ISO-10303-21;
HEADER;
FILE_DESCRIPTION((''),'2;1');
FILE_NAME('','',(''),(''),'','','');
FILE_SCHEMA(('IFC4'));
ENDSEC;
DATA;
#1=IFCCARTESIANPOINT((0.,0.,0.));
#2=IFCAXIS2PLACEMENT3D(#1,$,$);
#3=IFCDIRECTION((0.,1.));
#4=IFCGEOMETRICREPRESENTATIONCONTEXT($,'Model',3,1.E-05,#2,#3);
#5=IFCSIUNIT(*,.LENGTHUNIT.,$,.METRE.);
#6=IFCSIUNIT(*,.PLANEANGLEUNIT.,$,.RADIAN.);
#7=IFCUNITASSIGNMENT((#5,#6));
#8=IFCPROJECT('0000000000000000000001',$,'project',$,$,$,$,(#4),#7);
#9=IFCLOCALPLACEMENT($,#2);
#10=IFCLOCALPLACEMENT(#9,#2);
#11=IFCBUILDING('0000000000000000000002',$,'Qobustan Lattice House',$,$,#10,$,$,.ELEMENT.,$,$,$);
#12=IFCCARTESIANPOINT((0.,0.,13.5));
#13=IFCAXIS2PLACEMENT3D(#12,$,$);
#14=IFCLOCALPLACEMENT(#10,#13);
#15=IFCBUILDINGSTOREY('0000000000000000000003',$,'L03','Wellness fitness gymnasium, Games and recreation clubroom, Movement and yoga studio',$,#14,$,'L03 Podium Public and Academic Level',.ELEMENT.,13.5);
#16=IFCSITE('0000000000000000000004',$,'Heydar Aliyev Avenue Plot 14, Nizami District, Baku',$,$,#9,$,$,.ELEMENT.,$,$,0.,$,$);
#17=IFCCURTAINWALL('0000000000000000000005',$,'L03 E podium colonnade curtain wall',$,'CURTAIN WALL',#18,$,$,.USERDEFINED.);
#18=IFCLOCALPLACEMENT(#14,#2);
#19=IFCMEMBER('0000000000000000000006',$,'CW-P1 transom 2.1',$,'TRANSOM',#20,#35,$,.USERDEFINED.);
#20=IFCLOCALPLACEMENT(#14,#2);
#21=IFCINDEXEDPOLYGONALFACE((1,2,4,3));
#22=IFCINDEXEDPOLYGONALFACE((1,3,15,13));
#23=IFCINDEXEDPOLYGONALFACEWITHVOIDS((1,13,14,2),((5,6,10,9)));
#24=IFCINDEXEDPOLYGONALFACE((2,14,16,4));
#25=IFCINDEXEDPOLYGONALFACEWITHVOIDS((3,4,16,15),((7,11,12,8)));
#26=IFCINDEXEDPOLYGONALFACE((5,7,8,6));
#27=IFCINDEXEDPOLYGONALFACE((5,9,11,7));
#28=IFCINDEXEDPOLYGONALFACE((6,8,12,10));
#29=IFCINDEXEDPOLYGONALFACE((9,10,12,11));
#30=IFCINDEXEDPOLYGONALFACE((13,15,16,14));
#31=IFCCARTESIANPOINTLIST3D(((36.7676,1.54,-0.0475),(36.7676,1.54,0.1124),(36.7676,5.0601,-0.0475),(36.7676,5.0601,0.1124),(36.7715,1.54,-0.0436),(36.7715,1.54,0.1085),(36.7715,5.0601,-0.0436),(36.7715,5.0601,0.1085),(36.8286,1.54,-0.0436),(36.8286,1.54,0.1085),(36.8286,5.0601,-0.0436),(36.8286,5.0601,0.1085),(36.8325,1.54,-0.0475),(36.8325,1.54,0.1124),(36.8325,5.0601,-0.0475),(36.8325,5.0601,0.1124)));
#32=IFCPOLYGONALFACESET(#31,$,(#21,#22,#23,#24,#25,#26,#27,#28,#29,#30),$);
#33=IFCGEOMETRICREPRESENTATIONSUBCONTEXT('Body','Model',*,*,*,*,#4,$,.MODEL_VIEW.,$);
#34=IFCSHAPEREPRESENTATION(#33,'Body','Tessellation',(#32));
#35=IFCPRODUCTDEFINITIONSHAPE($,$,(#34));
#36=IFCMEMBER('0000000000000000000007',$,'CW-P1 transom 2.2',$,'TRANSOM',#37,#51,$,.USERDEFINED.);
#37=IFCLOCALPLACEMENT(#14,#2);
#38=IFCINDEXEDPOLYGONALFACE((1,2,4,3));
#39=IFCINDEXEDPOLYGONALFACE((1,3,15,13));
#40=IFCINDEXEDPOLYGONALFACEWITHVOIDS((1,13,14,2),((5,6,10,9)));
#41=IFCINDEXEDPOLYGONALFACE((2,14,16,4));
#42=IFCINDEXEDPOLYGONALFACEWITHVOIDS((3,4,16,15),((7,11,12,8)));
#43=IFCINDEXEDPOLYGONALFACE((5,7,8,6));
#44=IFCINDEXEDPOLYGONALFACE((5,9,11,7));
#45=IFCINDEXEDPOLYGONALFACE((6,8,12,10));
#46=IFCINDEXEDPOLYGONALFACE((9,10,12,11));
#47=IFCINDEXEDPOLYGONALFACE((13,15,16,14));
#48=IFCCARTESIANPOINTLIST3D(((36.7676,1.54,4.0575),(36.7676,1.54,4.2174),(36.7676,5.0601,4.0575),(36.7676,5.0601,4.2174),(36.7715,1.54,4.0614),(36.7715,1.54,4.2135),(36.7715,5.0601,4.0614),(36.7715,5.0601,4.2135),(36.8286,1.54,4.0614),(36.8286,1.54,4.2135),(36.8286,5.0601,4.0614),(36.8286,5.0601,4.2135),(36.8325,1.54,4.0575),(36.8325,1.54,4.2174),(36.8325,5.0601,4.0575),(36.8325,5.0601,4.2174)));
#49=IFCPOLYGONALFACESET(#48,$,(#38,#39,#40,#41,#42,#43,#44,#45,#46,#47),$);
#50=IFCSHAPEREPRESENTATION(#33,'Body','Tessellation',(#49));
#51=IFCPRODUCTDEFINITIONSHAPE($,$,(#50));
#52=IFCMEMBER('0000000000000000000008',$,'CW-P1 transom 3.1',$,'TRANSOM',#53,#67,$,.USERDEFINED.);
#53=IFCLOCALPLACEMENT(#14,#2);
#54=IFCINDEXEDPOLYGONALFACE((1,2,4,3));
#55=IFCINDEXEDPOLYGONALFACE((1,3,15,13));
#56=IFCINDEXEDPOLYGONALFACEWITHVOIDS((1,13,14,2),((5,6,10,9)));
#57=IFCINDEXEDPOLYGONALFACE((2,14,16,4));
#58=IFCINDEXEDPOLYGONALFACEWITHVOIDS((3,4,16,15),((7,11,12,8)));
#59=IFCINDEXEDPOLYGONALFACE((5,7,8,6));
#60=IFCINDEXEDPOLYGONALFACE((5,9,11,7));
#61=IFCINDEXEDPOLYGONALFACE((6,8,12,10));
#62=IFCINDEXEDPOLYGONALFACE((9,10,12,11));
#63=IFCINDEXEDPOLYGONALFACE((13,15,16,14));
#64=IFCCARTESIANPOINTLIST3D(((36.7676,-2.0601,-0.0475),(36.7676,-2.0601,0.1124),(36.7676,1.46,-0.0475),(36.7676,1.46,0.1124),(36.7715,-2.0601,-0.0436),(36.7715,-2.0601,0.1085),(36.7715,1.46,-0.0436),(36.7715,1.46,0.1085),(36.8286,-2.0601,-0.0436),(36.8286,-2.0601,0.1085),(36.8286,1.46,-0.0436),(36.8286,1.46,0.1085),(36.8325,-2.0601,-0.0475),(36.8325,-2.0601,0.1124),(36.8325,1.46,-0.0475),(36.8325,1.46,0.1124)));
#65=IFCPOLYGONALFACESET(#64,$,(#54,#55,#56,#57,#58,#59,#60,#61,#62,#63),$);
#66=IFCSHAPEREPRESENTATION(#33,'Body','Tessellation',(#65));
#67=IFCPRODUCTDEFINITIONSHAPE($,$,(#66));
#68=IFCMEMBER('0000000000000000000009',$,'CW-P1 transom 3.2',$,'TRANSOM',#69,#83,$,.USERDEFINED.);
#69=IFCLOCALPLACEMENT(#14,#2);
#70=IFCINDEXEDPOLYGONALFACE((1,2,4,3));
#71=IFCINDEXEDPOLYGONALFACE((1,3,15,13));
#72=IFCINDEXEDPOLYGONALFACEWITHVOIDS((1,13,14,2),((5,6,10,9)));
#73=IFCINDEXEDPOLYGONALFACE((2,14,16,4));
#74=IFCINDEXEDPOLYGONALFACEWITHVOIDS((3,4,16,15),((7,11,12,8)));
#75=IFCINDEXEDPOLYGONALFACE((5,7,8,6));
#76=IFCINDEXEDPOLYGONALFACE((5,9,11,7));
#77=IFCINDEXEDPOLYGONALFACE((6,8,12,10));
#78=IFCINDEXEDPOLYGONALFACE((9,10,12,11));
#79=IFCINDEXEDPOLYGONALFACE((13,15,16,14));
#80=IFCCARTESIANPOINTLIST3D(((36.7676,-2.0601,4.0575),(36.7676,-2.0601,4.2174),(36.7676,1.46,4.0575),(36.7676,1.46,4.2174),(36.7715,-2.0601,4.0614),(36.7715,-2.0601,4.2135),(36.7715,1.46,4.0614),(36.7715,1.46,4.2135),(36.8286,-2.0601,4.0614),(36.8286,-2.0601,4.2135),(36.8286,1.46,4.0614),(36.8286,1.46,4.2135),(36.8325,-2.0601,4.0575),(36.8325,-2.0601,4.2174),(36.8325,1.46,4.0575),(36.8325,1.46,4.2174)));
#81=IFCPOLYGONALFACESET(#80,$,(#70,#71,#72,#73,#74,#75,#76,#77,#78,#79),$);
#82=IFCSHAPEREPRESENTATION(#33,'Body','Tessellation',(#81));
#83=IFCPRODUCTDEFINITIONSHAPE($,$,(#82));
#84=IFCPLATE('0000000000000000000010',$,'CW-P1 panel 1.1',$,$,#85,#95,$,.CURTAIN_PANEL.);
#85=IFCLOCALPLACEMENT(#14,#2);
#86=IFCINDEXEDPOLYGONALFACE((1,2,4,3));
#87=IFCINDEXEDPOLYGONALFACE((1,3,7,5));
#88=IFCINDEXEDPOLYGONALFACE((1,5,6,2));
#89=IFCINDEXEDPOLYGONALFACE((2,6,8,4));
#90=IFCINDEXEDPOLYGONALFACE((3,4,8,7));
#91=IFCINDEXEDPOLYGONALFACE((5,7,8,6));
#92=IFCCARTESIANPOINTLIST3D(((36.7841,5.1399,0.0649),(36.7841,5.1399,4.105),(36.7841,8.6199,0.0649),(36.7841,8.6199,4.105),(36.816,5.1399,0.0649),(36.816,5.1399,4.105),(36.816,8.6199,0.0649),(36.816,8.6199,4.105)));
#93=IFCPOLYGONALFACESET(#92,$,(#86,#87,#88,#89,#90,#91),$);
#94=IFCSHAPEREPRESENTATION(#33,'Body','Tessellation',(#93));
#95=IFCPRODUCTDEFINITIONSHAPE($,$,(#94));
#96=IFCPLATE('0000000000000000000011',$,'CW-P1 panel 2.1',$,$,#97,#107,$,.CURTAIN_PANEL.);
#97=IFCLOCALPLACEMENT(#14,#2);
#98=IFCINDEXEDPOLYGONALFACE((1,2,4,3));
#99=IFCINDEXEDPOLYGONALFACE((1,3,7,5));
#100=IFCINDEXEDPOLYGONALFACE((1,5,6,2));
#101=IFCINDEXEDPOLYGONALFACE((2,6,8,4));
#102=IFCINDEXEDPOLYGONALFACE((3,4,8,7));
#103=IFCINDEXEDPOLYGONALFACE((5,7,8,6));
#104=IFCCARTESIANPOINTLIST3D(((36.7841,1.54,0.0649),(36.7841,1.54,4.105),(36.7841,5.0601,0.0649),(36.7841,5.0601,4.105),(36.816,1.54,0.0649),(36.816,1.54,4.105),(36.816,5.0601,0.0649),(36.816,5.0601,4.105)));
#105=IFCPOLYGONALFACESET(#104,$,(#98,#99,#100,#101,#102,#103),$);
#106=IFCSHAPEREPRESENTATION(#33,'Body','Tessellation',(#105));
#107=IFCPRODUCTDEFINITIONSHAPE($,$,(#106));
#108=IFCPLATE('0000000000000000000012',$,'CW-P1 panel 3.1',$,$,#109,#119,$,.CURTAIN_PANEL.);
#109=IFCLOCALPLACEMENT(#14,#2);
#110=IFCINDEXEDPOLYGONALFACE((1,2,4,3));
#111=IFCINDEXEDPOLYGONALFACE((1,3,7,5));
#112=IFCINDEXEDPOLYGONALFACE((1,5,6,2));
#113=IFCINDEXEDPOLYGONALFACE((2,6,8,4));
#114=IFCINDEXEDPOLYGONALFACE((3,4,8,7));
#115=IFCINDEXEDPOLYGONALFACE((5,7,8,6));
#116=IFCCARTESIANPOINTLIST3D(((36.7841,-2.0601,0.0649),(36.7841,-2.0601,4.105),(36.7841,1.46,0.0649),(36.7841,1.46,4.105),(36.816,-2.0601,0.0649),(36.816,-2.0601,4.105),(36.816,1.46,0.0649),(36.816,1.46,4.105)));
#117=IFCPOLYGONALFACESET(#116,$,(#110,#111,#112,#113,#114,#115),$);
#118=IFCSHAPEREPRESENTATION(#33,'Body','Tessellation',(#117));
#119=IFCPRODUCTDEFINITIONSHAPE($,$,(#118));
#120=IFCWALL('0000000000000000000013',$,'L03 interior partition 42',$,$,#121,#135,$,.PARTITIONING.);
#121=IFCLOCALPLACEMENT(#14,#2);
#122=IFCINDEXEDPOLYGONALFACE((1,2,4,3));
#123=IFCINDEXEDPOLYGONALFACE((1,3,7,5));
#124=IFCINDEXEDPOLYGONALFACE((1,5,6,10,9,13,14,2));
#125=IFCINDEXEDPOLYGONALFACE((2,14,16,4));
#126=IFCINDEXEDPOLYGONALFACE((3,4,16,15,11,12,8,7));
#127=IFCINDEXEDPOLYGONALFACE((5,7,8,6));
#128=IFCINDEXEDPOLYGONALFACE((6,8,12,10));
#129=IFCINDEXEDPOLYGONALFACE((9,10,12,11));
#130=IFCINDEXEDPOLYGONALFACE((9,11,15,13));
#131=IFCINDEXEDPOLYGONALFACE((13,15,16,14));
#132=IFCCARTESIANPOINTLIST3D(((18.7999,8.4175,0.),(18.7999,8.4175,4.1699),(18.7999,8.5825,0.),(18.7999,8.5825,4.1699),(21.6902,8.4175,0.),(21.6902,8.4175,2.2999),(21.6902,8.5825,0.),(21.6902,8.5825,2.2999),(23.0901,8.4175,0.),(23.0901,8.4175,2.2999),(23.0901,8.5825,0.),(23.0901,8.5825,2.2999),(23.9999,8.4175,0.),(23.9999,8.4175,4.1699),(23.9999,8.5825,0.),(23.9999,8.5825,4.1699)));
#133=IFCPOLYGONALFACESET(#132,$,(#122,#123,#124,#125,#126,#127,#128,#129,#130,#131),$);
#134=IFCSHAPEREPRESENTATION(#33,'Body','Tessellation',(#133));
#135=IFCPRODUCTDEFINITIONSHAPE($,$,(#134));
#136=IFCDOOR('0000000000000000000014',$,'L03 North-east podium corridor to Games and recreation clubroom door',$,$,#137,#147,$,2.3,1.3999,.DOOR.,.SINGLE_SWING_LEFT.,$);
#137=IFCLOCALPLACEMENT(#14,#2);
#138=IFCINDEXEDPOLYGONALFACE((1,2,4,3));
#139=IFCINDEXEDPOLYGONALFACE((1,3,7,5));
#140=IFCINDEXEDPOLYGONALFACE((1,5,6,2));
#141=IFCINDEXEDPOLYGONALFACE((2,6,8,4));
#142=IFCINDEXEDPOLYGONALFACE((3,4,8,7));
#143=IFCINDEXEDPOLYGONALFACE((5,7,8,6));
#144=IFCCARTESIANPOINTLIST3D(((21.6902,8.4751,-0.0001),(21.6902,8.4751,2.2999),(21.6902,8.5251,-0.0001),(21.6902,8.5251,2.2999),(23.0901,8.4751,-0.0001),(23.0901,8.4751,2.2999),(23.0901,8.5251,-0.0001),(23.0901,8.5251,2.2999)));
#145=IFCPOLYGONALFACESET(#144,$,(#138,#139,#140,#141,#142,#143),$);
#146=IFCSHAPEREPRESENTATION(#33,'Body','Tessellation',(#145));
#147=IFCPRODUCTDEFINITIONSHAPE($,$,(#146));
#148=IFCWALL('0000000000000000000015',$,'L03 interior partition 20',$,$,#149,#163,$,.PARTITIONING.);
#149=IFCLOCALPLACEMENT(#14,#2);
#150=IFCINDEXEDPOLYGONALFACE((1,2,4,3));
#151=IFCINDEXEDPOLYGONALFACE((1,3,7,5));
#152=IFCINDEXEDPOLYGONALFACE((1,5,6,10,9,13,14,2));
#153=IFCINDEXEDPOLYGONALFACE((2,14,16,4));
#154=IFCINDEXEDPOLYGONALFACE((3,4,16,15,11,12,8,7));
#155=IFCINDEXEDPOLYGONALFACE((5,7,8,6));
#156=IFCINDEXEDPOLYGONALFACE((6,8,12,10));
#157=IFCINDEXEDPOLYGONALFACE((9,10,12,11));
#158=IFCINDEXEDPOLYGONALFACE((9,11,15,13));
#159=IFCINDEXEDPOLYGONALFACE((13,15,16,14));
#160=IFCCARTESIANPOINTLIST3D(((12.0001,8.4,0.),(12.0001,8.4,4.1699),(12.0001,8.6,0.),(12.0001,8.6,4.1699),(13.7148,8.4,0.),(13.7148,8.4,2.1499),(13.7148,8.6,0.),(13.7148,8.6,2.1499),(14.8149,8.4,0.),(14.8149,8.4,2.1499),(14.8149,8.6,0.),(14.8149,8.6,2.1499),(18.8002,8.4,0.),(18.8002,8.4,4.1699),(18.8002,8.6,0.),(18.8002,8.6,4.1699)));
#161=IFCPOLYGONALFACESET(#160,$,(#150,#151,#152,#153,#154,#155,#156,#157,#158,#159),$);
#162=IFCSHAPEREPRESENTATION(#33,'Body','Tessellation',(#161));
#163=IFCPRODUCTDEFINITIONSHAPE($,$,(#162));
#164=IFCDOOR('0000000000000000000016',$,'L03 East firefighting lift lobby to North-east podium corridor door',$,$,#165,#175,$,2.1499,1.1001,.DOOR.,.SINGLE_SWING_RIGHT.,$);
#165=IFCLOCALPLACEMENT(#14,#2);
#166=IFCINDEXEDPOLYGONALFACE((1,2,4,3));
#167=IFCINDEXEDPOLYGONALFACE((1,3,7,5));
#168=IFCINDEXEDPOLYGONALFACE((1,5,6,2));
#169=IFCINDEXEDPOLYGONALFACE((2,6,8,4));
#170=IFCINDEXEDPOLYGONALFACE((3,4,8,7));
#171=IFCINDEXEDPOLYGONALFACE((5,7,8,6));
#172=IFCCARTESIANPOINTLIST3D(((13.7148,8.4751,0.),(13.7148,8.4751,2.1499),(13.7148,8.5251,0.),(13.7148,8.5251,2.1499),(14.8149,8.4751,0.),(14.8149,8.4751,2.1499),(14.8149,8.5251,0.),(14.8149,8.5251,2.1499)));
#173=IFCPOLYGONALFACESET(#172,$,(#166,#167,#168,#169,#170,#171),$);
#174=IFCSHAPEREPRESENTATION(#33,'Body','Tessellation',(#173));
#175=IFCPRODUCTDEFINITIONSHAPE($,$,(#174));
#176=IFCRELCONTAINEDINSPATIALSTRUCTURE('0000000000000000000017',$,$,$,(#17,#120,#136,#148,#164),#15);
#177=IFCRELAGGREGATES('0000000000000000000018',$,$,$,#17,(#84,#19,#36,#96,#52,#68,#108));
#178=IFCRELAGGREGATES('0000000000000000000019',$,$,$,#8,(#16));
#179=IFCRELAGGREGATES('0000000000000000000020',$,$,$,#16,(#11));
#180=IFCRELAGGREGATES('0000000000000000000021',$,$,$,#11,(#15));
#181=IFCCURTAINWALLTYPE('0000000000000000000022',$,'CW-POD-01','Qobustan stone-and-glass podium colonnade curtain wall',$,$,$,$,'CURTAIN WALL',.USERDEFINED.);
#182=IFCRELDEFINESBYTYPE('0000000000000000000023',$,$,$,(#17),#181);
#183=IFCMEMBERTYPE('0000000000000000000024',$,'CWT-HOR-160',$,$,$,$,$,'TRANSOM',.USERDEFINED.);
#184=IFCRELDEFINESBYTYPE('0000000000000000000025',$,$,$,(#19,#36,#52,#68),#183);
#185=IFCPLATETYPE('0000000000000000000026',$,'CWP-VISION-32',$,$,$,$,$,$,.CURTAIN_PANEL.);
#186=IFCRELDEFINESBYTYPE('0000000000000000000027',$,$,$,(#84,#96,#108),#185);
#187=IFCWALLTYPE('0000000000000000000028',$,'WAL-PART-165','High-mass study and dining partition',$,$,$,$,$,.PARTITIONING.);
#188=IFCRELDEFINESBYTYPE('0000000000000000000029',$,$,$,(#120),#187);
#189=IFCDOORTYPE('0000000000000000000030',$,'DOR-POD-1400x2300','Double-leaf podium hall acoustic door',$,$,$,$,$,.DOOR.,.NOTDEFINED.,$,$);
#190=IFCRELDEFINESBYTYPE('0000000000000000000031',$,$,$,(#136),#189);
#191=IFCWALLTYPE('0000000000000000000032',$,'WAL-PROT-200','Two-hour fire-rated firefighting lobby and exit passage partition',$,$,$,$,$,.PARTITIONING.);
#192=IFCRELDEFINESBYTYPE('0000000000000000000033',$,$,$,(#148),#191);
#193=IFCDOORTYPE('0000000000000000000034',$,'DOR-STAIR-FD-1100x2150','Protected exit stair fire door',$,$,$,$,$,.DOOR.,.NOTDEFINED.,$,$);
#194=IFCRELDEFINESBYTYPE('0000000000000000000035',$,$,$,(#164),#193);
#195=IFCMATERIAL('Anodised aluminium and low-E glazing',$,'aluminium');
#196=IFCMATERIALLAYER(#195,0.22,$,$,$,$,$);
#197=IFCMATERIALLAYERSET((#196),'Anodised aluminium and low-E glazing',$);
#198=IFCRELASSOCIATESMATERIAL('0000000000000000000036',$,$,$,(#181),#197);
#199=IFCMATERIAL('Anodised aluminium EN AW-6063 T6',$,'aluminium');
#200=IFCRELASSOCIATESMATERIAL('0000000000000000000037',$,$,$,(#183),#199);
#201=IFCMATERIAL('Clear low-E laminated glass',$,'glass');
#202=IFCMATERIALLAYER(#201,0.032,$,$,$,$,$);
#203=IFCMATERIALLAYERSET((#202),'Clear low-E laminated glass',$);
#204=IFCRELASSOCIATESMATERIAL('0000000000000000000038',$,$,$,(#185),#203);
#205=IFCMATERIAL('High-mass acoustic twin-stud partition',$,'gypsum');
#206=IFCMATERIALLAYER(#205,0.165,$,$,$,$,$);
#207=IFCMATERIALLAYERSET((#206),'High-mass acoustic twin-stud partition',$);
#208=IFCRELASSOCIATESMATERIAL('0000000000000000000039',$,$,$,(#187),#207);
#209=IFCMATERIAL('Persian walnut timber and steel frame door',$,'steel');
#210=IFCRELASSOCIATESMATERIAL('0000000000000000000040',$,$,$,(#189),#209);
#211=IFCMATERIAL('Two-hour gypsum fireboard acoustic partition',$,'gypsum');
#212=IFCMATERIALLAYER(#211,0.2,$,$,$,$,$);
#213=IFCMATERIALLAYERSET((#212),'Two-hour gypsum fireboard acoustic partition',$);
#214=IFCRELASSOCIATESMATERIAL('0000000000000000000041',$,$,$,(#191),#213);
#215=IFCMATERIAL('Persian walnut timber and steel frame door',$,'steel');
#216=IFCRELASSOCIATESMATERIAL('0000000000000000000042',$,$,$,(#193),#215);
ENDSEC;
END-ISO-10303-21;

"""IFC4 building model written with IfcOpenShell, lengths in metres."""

from ifc_helpers import new_model, si_unit, direction, frame, frame_2d, origin, origin_2d, place, context, subcontext, project, spatial, rectangle, hollow_rectangle, extrude, material, layer, layer_set, material_profile, profile_set, type_object, element, fill, aggregate, save


model = new_model("IFC4")

# Units and contexts
model_context = context("Model", 3, precision=1e-05, world=origin(), true_north=direction((0.0, 1.0)))
body_context = subcontext(model_context, "Body", "Model", "MODEL_VIEW")
ifc_project = project(units=[si_unit("LENGTHUNIT", "METRE"), si_unit("PLANEANGLEUNIT", "RADIAN")], contexts=[model_context])

# Site, building, storey
site_placement = place(None, origin())
site = spatial("IfcSite", under=ifc_project, at=site_placement, Name="Heydar Aliyev Avenue Plot 14, Nizami District, Baku", CompositionType="ELEMENT", RefElevation=0.0)
building_placement = place(site_placement, origin())
building = spatial("IfcBuilding", under=site, at=building_placement, Name="Qobustan Lattice House", CompositionType="ELEMENT")
storey_placement = place(building_placement, frame((0.0, 0.0, 13.5)))
storey = spatial("IfcBuildingStorey", under=building, at=storey_placement, Name="L03", Description="Wellness fitness gymnasium, Games and recreation clubroom, Movement and yoga studio", LongName="L03 Podium Public and Academic Level", CompositionType="ELEMENT", Elevation=13.5)

# Curtain wall, members, plates
ifc_material_1 = material(Name="Anodised aluminium and low-E glazing", Category="aluminium")
ifc_layer_1 = layer(ifc_material_1, 0.22)
ifc_layer_set_1 = layer_set([ifc_layer_1], Name="Anodised aluminium and low-E glazing")
curtain_wall_type = type_object("IfcCurtainWallType", Name="CW-POD-01", Description="Qobustan stone-and-glass podium colonnade curtain wall", ElementType="CURTAIN WALL", PredefinedType="USERDEFINED", material=ifc_layer_set_1)
curtain_wall_placement = place(storey_placement, origin())
curtain_wall = element("IfcCurtainWall", 1, at=curtain_wall_placement, inside=storey, type_object=curtain_wall_type, Name="L03 E podium colonnade curtain wall", ObjectType="CURTAIN WALL", PredefinedType="USERDEFINED")
ifc_material_2 = material(Name="Anodised aluminium EN AW-6063 T6", Category="aluminium")
ifc_material_profile_1 = material_profile(ifc_material_2, hollow_rectangle(XDim=0.0649, YDim=0.1599, WallThickness=0.0039, at=origin_2d()), Name="CWT-160x65")
ifc_profile_set_1 = profile_set([ifc_material_profile_1], Name="Anodised aluminium EN AW-6063 T6")
member_type_1 = type_object("IfcMemberType", Name="CWT-HOR-160", ElementType="TRANSOM", PredefinedType="USERDEFINED", material=ifc_profile_set_1)
member_1_placement = place(storey_placement, frame((36.8, 5.0601, 0.0325), z_axis=(0.0, -1.0, 0.0), x_axis=(1.0, 0.0, 0.0)))
member_1 = element("IfcMember", 2, at=member_1_placement, type_object=member_type_1, Name="CW-P1 transom 2.1", ObjectType="TRANSOM", PredefinedType="USERDEFINED", context=body_context, shape_type="SweptSolid", body=[
    extrude(hollow_rectangle(XDim=0.0649, YDim=0.1599, WallThickness=0.0039, at=origin_2d()), origin(), (0.0, 0.0, 1.0), 3.52),
])
member_2_placement = place(storey_placement, frame((36.8, 5.0601, 4.1375), z_axis=(0.0, -1.0, 0.0), x_axis=(1.0, 0.0, 0.0)))
member_2 = element("IfcMember", 3, at=member_2_placement, type_object=member_type_1, Name="CW-P1 transom 2.2", ObjectType="TRANSOM", PredefinedType="USERDEFINED", context=body_context, shape_type="SweptSolid", body=[
    extrude(hollow_rectangle(XDim=0.0649, YDim=0.1599, WallThickness=0.0039, at=origin_2d()), origin(), (0.0, 0.0, 1.0), 3.52),
])
member_3_placement = place(storey_placement, frame((36.8, 1.46, 0.0325), z_axis=(0.0, -1.0, 0.0), x_axis=(1.0, 0.0, 0.0)))
member_3 = element("IfcMember", 4, at=member_3_placement, type_object=member_type_1, Name="CW-P1 transom 3.1", ObjectType="TRANSOM", PredefinedType="USERDEFINED", context=body_context, shape_type="SweptSolid", body=[
    extrude(hollow_rectangle(XDim=0.0649, YDim=0.1599, WallThickness=0.0039, at=origin_2d()), origin(), (0.0, 0.0, 1.0), 3.52),
])
member_4_placement = place(storey_placement, frame((36.8, 1.46, 4.1375), z_axis=(0.0, -1.0, 0.0), x_axis=(1.0, 0.0, 0.0)))
member_4 = element("IfcMember", 5, at=member_4_placement, type_object=member_type_1, Name="CW-P1 transom 3.2", ObjectType="TRANSOM", PredefinedType="USERDEFINED", context=body_context, shape_type="SweptSolid", body=[
    extrude(hollow_rectangle(XDim=0.0649, YDim=0.1599, WallThickness=0.0039, at=origin_2d()), origin(), (0.0, 0.0, 1.0), 3.52),
])
ifc_material_3 = material(Name="Clear low-E laminated glass", Category="glass")
ifc_layer_2 = layer(ifc_material_3, 0.032)
ifc_layer_set_2 = layer_set([ifc_layer_2], Name="Clear low-E laminated glass")
plate_type = type_object("IfcPlateType", Name="CWP-VISION-32", PredefinedType="CURTAIN_PANEL", material=ifc_layer_set_2)
plate_1_placement = place(storey_placement, frame((36.8, 6.8799, 0.0649), z_axis=(0.0, 0.0, 1.0), x_axis=(0.0, -1.0, 0.0)))
plate_1 = element("IfcPlate", 6, at=plate_1_placement, type_object=plate_type, Name="CW-P1 panel 1.1", PredefinedType="CURTAIN_PANEL", context=body_context, shape_type="SweptSolid", body=[
    extrude(rectangle(XDim=3.48, YDim=0.032, at=origin_2d()), origin(), (0.0, 0.0, 1.0), 4.04),
])
plate_2_placement = place(storey_placement, frame((36.8, 3.3, 0.0649), z_axis=(0.0, 0.0, 1.0), x_axis=(0.0, -1.0, 0.0)))
plate_2 = element("IfcPlate", 7, at=plate_2_placement, type_object=plate_type, Name="CW-P1 panel 2.1", PredefinedType="CURTAIN_PANEL", context=body_context, shape_type="SweptSolid", body=[
    extrude(rectangle(XDim=3.52, YDim=0.032, at=origin_2d()), origin(), (0.0, 0.0, 1.0), 4.04),
])
plate_3_placement = place(storey_placement, frame((36.8, -0.3, 0.0649), z_axis=(0.0, 0.0, 1.0), x_axis=(0.0, -1.0, 0.0)))
plate_3 = element("IfcPlate", 8, at=plate_3_placement, type_object=plate_type, Name="CW-P1 panel 3.1", PredefinedType="CURTAIN_PANEL", context=body_context, shape_type="SweptSolid", body=[
    extrude(rectangle(XDim=3.52, YDim=0.032, at=origin_2d()), origin(), (0.0, 0.0, 1.0), 4.04),
])
aggregate(curtain_wall, [plate_1, member_1, member_2, plate_2, member_3, member_4, plate_3])

# Walls, openings, doors
ifc_material_4 = material(Name="High-mass acoustic twin-stud partition", Category="gypsum")
ifc_layer_3 = layer(ifc_material_4, 0.165)
ifc_layer_set_3 = layer_set([ifc_layer_3], Name="High-mass acoustic twin-stud partition")
wall_type_1 = type_object("IfcWallType", Name="WAL-PART-165", Description="High-mass study and dining partition", PredefinedType="PARTITIONING", material=ifc_layer_set_3)
wall_1_placement = place(storey_placement, frame((24.0, 8.5, 0.0), z_axis=(0.0, 0.0, 1.0), x_axis=(-1.0, 0.0, 0.0)))
wall_1 = element("IfcWall", 9, at=wall_1_placement, inside=storey, type_object=wall_type_1, Name="L03 interior partition 42", PredefinedType="PARTITIONING", context=body_context, shape_type="SweptSolid", body=[
    extrude(rectangle(XDim=5.2, YDim=0.165, at=frame_2d((2.6001, 0.0))), origin(), (0.0, 0.0, 1.0), 4.1699),
])
opening_1_placement = place(wall_1_placement, frame((0.9099, 0.0, 0.0)))
opening_1 = element("IfcOpeningElement", 10, at=opening_1_placement, cuts=wall_1, PredefinedType="OPENING", context=body_context, shape_type="SweptSolid", body=[
    extrude(rectangle(XDim=1.3999, YDim=2.3, at=frame_2d((0.7, 1.1499))), frame((0.0, 0.0925, 0.0), z_axis=(0.0, -1.0, 0.0), x_axis=(1.0, 0.0, 0.0)), (0.0, 0.0, 1.0), 0.1851),
])
ifc_material_5 = material(Name="Persian walnut timber and steel frame door", Category="steel")
door_type_1 = type_object("IfcDoorType", Name="DOR-POD-1400x2300", Description="Double-leaf podium hall acoustic door", OperationType="NOTDEFINED", PredefinedType="DOOR", material=ifc_material_5)
door_1_placement = place(opening_1_placement, origin())
door_1 = element("IfcDoor", 11, at=door_1_placement, inside=storey, type_object=door_type_1, Name="L03 North-east podium corridor to Games and recreation clubroom door", OperationType="SINGLE_SWING_LEFT", OverallHeight=2.3, OverallWidth=1.3999, PredefinedType="DOOR", context=body_context, shape_type="SweptSolid", body=[
    extrude(rectangle(XDim=1.3999, YDim=2.3, at=frame_2d((0.7, 1.1499))), frame((0.0, 0.0249, 0.0), z_axis=(0.0, -1.0, 0.0), x_axis=(1.0, 0.0, 0.0)), (0.0, 0.0, 1.0), 0.05),
])
fill(opening_1, door_1)
ifc_material_6 = material(Name="Two-hour gypsum fireboard acoustic partition", Category="gypsum")
ifc_layer_4 = layer(ifc_material_6, 0.2)
ifc_layer_set_4 = layer_set([ifc_layer_4], Name="Two-hour gypsum fireboard acoustic partition")
wall_type_2 = type_object("IfcWallType", Name="WAL-PROT-200", Description="Two-hour fire-rated firefighting lobby and exit passage partition", PredefinedType="PARTITIONING", material=ifc_layer_set_4)
wall_2_placement = place(storey_placement, frame((18.8, 8.5, 0.0), z_axis=(0.0, 0.0, 1.0), x_axis=(-1.0, 0.0, 0.0)))
wall_2 = element("IfcWall", 12, at=wall_2_placement, inside=storey, type_object=wall_type_2, Name="L03 interior partition 20", PredefinedType="PARTITIONING", context=body_context, shape_type="SweptSolid", body=[
    extrude(rectangle(XDim=6.8, YDim=0.2, at=frame_2d((3.3999, 0.0))), origin(), (0.0, 0.0, 1.0), 4.1699),
])
opening_2_placement = place(wall_2_placement, frame((3.9851, 0.0, 0.0)))
opening_2 = element("IfcOpeningElement", 13, at=opening_2_placement, cuts=wall_2, PredefinedType="OPENING", context=body_context, shape_type="SweptSolid", body=[
    extrude(rectangle(XDim=1.1001, YDim=2.1499, at=frame_2d((0.55, 1.075))), frame((0.0, 0.1099, 0.0), z_axis=(0.0, -1.0, 0.0), x_axis=(1.0, 0.0, 0.0)), (0.0, 0.0, 1.0), 0.22),
])
ifc_material_7 = material(Name="Persian walnut timber and steel frame door", Category="steel")
door_type_2 = type_object("IfcDoorType", Name="DOR-STAIR-FD-1100x2150", Description="Protected exit stair fire door", OperationType="NOTDEFINED", PredefinedType="DOOR", material=ifc_material_7)
door_2_placement = place(opening_2_placement, origin())
door_2 = element("IfcDoor", 14, at=door_2_placement, inside=storey, type_object=door_type_2, Name="L03 East firefighting lift lobby to North-east podium corridor door", OperationType="SINGLE_SWING_RIGHT", OverallHeight=2.1499, OverallWidth=1.1001, PredefinedType="DOOR", context=body_context, shape_type="SweptSolid", body=[
    extrude(rectangle(XDim=1.1001, YDim=2.1499, at=frame_2d((0.55, 1.075))), frame((0.0, 0.0249, 0.0), z_axis=(0.0, -1.0, 0.0), x_axis=(1.0, 0.0, 0.0)), (0.0, 0.0, 1.0), 0.05),
])
fill(opening_2, door_2)

save(model, "model.ifc")
